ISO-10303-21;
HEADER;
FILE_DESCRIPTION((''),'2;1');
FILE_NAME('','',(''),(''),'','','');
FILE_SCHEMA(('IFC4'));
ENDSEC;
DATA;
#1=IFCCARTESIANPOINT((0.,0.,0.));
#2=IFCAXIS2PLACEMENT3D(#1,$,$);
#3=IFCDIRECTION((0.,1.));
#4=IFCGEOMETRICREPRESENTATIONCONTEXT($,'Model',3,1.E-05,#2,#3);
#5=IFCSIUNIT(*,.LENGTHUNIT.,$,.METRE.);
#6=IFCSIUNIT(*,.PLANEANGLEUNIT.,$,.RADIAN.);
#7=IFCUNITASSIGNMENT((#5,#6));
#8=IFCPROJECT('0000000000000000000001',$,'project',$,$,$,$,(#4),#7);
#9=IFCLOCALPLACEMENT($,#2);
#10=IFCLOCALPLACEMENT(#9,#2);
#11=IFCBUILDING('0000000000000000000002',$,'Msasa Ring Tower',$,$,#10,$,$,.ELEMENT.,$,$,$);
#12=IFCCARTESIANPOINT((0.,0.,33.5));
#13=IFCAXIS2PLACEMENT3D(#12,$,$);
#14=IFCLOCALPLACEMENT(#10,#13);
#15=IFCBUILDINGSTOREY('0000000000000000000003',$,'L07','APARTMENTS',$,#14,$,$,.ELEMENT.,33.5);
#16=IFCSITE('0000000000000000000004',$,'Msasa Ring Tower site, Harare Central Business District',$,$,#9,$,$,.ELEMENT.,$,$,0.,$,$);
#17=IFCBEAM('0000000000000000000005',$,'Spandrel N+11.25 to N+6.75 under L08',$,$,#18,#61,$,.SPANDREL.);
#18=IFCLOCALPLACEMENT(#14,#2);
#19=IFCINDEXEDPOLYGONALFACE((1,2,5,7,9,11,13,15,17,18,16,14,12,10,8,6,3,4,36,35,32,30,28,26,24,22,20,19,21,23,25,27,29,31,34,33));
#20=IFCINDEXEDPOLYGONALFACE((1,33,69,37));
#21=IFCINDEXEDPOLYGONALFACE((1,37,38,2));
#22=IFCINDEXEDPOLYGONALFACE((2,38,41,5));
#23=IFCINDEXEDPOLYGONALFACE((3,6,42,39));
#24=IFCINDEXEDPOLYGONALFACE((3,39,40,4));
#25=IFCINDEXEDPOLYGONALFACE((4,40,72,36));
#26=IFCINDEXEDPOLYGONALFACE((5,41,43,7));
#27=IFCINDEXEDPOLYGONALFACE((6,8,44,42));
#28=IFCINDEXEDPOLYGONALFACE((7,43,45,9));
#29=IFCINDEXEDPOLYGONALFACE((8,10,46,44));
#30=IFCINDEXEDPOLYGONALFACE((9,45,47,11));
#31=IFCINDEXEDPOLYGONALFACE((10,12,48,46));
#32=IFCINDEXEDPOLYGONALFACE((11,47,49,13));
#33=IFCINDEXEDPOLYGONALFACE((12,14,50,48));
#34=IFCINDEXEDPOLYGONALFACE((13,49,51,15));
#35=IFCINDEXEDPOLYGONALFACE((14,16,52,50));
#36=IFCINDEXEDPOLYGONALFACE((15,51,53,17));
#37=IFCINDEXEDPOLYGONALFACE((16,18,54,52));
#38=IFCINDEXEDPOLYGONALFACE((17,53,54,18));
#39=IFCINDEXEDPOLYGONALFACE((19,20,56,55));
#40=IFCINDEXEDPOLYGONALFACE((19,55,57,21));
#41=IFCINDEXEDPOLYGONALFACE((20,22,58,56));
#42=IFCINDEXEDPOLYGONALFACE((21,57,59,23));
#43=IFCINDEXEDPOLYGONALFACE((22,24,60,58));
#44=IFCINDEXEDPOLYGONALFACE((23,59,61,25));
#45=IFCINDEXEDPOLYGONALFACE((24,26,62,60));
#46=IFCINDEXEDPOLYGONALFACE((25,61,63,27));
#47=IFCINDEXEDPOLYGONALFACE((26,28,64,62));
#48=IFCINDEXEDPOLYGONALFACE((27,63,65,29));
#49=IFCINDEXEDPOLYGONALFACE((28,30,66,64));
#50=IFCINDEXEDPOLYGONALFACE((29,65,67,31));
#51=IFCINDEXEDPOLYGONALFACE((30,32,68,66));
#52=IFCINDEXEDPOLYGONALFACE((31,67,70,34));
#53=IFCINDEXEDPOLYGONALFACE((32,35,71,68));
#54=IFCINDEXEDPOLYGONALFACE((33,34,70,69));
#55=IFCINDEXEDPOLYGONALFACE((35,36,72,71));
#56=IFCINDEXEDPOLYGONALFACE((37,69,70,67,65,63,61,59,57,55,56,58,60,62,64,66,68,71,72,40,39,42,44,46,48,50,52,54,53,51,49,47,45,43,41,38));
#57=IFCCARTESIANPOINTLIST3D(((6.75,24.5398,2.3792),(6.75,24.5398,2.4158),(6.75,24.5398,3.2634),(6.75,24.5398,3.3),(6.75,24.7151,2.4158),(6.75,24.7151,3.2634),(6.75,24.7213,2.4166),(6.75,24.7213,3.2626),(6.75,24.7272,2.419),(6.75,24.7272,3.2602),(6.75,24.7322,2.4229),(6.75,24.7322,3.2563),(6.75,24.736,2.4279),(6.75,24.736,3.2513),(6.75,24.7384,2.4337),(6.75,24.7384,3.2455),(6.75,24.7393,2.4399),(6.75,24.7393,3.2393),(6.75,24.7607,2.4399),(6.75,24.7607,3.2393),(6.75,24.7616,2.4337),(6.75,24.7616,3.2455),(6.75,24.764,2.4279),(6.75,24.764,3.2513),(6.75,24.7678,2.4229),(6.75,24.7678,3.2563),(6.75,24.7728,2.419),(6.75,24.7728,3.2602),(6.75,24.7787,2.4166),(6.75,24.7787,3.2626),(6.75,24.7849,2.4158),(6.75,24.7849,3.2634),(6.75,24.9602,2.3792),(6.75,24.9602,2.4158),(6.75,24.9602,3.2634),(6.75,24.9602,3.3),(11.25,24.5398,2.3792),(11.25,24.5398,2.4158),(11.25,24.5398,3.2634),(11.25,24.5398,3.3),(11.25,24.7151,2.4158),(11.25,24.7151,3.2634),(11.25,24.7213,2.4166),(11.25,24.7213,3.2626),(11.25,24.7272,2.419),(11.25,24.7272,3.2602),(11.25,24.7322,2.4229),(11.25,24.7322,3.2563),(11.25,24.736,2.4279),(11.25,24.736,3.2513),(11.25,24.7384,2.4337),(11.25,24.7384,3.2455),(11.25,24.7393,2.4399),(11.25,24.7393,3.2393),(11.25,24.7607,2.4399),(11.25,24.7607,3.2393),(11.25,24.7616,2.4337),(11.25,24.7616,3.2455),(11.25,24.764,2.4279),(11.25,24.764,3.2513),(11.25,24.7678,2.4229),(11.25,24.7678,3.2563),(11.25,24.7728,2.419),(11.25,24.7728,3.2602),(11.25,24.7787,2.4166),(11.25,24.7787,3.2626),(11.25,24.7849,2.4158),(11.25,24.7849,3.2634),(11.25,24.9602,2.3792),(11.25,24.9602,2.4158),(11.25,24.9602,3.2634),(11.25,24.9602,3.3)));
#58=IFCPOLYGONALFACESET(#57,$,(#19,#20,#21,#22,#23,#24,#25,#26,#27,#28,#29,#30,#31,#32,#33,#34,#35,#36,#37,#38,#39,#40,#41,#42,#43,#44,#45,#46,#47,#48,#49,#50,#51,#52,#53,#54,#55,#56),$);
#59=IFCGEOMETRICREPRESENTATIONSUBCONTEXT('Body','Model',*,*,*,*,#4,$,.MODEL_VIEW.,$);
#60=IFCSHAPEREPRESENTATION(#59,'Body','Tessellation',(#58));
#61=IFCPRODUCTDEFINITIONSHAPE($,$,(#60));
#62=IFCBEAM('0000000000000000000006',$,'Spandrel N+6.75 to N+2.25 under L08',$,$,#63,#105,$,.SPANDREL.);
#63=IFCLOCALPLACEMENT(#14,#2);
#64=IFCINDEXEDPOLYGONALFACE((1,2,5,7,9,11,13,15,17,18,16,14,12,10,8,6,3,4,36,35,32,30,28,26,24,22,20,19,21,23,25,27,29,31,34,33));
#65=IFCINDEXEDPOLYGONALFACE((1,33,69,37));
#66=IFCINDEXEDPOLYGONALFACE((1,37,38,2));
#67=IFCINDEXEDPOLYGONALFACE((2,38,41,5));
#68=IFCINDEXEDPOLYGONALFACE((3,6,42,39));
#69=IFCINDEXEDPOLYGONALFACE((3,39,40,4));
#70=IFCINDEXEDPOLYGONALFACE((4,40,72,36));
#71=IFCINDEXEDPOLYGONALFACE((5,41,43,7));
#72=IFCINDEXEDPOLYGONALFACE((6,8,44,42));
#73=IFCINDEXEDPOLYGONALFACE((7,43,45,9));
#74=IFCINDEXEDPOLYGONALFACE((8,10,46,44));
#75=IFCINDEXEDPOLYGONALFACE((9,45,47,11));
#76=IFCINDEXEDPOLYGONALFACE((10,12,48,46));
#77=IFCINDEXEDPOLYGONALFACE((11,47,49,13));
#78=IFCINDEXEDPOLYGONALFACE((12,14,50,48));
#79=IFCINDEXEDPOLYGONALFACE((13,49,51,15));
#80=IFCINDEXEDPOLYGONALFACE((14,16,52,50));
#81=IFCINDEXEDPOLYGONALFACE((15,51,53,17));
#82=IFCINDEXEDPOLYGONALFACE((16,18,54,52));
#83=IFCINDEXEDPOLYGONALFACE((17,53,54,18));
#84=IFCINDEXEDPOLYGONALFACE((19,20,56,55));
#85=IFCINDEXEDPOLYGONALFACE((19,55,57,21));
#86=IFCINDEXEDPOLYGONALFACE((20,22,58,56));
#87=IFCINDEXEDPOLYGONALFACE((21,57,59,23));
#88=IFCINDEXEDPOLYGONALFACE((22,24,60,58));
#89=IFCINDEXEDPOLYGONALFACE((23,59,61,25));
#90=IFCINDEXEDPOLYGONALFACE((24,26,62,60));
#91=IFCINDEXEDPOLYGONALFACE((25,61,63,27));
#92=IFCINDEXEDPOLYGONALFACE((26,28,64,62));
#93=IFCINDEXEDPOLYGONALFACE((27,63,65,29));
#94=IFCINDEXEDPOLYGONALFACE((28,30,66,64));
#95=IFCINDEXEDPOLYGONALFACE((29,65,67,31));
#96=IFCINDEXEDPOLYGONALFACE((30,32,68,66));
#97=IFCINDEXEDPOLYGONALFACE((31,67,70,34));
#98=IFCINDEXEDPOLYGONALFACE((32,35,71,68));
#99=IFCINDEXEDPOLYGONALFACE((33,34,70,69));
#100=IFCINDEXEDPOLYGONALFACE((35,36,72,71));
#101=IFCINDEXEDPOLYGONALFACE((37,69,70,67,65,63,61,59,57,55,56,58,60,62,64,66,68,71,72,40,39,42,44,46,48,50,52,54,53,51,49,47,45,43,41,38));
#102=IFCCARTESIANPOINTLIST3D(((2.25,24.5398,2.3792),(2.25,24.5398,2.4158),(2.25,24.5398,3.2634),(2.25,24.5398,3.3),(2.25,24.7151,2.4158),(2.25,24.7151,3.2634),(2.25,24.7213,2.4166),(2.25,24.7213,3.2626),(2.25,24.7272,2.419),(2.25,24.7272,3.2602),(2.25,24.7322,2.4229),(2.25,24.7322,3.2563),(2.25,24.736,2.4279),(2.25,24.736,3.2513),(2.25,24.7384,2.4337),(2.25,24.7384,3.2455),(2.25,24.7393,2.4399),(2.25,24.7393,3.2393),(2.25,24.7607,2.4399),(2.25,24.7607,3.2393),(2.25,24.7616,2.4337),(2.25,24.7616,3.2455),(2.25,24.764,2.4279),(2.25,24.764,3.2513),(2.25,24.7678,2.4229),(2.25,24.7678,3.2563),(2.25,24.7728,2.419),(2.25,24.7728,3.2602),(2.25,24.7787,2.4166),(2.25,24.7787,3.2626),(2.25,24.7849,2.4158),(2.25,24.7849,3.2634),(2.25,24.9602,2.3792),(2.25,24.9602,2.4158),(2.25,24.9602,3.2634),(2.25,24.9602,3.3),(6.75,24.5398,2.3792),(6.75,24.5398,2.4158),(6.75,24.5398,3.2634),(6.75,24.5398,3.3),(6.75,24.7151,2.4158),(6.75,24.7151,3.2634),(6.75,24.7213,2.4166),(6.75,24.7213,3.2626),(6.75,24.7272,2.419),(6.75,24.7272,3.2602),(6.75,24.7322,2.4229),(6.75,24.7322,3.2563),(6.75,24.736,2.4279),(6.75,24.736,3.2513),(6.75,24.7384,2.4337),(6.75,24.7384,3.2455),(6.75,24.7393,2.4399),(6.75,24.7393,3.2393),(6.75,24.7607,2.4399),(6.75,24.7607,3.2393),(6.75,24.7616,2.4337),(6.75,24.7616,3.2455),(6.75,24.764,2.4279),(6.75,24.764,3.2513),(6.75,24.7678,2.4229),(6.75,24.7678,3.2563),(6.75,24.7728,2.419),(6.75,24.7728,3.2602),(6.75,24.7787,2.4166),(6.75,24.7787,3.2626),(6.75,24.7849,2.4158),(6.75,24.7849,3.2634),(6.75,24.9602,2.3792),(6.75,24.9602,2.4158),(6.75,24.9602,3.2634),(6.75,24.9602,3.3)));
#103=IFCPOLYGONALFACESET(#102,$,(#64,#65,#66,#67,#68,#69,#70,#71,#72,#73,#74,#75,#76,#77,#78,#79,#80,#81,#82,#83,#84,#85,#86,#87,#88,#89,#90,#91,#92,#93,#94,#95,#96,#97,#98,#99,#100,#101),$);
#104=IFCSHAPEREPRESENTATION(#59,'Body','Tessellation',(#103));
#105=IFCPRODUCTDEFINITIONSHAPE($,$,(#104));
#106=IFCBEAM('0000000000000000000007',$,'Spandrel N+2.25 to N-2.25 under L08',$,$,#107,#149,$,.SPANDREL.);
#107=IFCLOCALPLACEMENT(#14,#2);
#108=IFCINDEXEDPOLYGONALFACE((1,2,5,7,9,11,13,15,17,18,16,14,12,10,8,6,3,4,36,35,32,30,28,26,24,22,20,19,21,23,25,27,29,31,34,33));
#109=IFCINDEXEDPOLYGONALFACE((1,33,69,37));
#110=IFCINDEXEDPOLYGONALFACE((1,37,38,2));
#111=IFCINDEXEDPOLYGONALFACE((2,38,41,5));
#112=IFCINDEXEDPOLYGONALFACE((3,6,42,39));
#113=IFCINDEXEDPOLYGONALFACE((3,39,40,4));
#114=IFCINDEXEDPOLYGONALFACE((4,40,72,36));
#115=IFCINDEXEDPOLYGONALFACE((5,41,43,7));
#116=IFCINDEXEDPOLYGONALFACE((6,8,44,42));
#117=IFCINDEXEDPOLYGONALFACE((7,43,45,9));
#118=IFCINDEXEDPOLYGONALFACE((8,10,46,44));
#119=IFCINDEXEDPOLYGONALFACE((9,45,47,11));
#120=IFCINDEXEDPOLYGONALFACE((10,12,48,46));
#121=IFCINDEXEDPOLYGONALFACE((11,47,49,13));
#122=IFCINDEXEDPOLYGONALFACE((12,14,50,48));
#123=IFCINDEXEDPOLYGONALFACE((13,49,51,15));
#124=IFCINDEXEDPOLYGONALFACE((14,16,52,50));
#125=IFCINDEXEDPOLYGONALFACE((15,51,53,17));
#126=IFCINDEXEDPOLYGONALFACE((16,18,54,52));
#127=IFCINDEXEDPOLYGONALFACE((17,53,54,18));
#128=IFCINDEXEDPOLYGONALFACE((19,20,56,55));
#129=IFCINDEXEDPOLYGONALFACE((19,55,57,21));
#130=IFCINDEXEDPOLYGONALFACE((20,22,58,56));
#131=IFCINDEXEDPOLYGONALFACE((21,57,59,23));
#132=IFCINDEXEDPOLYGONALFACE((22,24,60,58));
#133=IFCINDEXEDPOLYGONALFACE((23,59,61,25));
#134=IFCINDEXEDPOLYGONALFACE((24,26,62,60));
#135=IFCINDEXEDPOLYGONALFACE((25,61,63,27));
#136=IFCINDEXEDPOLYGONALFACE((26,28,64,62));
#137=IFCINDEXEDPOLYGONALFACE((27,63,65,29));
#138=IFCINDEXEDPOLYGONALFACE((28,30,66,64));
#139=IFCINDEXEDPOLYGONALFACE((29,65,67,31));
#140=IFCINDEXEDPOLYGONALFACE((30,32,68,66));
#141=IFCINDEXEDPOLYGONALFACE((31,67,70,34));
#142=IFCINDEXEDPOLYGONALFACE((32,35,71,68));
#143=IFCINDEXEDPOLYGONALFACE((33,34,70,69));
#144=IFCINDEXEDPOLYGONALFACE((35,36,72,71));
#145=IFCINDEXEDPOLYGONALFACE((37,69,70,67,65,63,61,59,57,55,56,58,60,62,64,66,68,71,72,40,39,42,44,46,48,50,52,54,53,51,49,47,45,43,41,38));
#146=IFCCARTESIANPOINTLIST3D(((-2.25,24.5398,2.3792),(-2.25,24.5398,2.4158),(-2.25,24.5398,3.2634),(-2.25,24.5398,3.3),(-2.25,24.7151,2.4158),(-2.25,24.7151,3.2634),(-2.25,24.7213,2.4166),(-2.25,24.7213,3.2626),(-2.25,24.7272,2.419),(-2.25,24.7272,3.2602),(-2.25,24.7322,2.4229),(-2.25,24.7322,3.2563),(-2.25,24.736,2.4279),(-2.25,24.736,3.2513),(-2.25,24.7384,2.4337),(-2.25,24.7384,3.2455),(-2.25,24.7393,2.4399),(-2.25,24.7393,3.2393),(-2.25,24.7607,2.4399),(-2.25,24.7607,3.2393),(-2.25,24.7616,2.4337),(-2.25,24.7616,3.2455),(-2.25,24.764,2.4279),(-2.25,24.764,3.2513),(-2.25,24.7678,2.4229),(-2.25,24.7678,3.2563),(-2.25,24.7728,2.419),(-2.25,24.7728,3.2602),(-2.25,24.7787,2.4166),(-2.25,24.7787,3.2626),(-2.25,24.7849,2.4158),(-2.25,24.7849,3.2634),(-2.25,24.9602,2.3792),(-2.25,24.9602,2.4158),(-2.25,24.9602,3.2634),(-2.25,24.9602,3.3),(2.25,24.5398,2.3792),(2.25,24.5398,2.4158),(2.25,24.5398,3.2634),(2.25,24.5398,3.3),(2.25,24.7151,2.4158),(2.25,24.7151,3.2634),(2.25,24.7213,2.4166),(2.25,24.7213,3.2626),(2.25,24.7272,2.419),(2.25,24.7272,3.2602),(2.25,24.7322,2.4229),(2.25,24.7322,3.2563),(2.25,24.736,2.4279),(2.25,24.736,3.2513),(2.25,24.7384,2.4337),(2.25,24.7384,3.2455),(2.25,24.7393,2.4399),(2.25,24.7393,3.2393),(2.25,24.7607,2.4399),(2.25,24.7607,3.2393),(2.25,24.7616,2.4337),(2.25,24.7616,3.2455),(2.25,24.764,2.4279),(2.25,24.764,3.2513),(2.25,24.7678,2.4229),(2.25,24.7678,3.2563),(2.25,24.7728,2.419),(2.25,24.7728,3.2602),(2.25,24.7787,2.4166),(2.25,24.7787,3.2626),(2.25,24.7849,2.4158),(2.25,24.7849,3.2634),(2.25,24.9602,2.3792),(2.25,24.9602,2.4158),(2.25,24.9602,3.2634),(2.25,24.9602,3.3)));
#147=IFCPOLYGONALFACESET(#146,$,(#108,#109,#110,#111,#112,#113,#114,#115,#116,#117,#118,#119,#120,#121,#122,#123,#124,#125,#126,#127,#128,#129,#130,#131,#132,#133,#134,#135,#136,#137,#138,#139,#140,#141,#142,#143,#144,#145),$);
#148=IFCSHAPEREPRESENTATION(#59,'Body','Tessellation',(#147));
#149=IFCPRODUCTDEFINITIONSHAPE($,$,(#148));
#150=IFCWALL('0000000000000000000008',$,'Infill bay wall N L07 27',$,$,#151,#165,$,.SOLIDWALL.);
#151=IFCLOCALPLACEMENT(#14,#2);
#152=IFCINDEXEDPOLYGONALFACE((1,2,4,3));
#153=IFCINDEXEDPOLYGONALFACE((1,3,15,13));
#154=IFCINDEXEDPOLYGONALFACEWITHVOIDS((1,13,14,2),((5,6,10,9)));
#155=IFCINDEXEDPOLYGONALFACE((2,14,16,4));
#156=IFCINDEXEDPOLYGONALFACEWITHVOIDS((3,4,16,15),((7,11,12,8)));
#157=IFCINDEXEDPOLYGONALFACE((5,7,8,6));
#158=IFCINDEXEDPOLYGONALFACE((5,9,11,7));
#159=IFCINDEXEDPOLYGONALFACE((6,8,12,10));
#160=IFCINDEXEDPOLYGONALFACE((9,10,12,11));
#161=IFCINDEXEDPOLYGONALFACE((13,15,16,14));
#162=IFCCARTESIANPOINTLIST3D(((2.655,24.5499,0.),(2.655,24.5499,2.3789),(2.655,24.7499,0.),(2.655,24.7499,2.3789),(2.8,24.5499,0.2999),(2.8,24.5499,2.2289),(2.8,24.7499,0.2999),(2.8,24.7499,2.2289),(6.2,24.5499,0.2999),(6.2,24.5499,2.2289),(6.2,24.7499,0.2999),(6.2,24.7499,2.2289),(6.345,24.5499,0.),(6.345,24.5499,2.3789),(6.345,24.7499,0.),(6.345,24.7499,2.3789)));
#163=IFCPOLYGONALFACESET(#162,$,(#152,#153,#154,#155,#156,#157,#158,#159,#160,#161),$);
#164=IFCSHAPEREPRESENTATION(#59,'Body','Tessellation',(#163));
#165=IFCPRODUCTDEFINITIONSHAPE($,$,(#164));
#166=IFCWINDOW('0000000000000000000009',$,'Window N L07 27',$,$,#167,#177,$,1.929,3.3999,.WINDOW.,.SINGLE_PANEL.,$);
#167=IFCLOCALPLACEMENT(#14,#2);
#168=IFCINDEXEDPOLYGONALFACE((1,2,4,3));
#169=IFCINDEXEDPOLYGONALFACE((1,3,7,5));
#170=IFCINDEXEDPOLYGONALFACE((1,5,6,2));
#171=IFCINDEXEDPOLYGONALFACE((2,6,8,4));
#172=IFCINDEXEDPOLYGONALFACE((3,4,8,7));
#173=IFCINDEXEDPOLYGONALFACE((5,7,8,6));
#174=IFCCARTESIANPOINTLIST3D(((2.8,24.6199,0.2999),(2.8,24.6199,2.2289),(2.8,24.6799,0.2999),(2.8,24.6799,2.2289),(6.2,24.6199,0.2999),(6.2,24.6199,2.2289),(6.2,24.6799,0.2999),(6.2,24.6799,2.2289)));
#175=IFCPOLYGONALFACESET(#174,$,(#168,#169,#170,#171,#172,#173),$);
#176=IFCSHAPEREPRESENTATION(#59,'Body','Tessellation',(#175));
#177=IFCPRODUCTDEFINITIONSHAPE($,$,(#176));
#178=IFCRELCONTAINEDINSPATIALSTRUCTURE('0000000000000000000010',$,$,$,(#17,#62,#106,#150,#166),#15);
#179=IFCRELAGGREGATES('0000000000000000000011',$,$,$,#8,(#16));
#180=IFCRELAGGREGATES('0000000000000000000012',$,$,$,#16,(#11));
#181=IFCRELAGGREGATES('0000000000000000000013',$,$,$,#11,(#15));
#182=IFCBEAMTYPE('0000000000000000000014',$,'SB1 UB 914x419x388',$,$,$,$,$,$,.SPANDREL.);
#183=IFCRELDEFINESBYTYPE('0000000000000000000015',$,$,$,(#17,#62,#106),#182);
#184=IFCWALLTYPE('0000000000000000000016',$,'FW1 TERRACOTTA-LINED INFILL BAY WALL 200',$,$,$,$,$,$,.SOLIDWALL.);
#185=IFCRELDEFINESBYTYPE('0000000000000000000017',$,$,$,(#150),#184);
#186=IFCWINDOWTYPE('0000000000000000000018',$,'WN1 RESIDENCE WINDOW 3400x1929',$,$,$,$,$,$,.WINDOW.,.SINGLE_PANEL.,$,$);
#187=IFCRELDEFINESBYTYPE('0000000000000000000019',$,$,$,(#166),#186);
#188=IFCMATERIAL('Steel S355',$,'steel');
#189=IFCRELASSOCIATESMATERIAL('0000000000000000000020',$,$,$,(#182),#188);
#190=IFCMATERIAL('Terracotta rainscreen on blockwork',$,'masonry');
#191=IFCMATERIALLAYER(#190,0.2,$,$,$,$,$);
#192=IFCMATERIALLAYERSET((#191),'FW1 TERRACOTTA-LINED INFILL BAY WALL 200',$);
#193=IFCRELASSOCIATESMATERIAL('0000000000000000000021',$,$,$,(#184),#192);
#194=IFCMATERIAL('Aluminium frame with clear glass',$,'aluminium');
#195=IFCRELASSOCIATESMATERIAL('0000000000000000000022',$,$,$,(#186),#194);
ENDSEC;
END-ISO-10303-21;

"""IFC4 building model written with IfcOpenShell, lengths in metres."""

from ifc_helpers import new_model, si_unit, direction, frame, frame_2d, origin, origin_2d, place, context, subcontext, project, spatial, rectangle, i_section, extrude, material, layer, layer_set, material_profile, profile_set, type_object, element, fill, save


model = new_model("IFC4")

# Units and contexts
model_context = context("Model", 3, precision=1e-05, world=origin(), true_north=direction((0.0, 1.0)))
body_context = subcontext(model_context, "Body", "Model", "MODEL_VIEW")
ifc_project = project(units=[si_unit("LENGTHUNIT", "METRE"), si_unit("PLANEANGLEUNIT", "RADIAN")], contexts=[model_context])

# Site, building, storey
site_placement = place(None, origin())
site = spatial("IfcSite", under=ifc_project, at=site_placement, Name="Msasa Ring Tower site, Harare Central Business District", CompositionType="ELEMENT", RefElevation=0.0)
building_placement = place(site_placement, origin())
building = spatial("IfcBuilding", under=site, at=building_placement, Name="Msasa Ring Tower", CompositionType="ELEMENT")
storey_placement = place(building_placement, frame((0.0, 0.0, 33.5)))
storey = spatial("IfcBuildingStorey", under=building, at=storey_placement, Name="L07", Description="APARTMENTS", CompositionType="ELEMENT", Elevation=33.5)

# Beams
ifc_material_1 = material(Name="Steel S355", Category="steel")
ifc_material_profile_1 = material_profile(ifc_material_1, i_section(OverallWidth=0.4204, OverallDepth=0.9209, WebThickness=0.0215, FlangeThickness=0.0366, FilletRadius=0.0242, at=origin_2d()), Name="UB 914x419x388")
ifc_profile_set_1 = profile_set([ifc_material_profile_1], Name="Steel S355")
beam_type_1 = type_object("IfcBeamType", Name="SB1 UB 914x419x388", PredefinedType="SPANDREL", material=ifc_profile_set_1)
for number, where, z_axis, x_axis, name in (
    (1, (11.25, 24.75, 2.8396), (-1.0, 0.0, 0.0), (0.0, -1.0, 0.0), "Spandrel N+11.25 to N+6.75 under L08"),
    (2, (6.75, 24.75, 2.8396), (-1.0, 0.0, 0.0), (0.0, -1.0, 0.0), "Spandrel N+6.75 to N+2.25 under L08"),
    (3, (2.25, 24.75, 2.8396), (-1.0, 0.0, 0.0), (0.0, -1.0, 0.0), "Spandrel N+2.25 to N-2.25 under L08"),
):
    element("IfcBeam", number, at=place(storey_placement, frame(where, z_axis=z_axis, x_axis=x_axis)), inside=storey, type_object=beam_type_1, Name=name, PredefinedType="SPANDREL", context=body_context, shape_type="SweptSolid", body=[
        extrude(i_section(OverallWidth=0.4204, OverallDepth=0.9209, WebThickness=0.0215, FlangeThickness=0.0366, FilletRadius=0.0242, at=origin_2d()), origin(), (0.0, 0.0, 1.0), 4.5),
    ])

# Wall, opening, window
ifc_material_2 = material(Name="Terracotta rainscreen on blockwork", Category="masonry")
ifc_layer_1 = layer(ifc_material_2, 0.2)
ifc_layer_set_1 = layer_set([ifc_layer_1], Name="FW1 TERRACOTTA-LINED INFILL BAY WALL 200")
wall_type_1 = type_object("IfcWallType", Name="FW1 TERRACOTTA-LINED INFILL BAY WALL 200", PredefinedType="SOLIDWALL", material=ifc_layer_set_1)
wall_1_placement = place(storey_placement, frame((2.655, 24.6499, 0.0), z_axis=(0.0, 0.0, 1.0), x_axis=(1.0, 0.0, 0.0)))
wall_1 = element("IfcWall", 4, at=wall_1_placement, inside=storey, type_object=wall_type_1, Name="Infill bay wall N L07 27", PredefinedType="SOLIDWALL", context=body_context, shape_type="SweptSolid", body=[
    extrude(rectangle(XDim=3.6899, YDim=0.2, at=frame_2d((1.845, 0.0))), origin(), (0.0, 0.0, 1.0), 2.3789),
])
opening_1_placement = place(wall_1_placement, frame((0.145, 0.0, 0.3)))
opening_1 = element("IfcOpeningElement", 5, at=opening_1_placement, cuts=wall_1, PredefinedType="OPENING", context=body_context, shape_type="SweptSolid", body=[
    extrude(rectangle(XDim=3.3999, YDim=1.929, at=frame_2d((1.7, 0.9644))), frame((0.0, 0.1099, 0.0), z_axis=(0.0, -1.0, 0.0), x_axis=(1.0, 0.0, 0.0)), (0.0, 0.0, 1.0), 0.22),
])
ifc_material_3 = material(Name="Aluminium frame with clear glass", Category="aluminium")
window_type = type_object("IfcWindowType", Name="WN1 RESIDENCE WINDOW 3400x1929", PartitioningType="SINGLE_PANEL", PredefinedType="WINDOW", material=ifc_material_3)
window_1_placement = place(opening_1_placement, origin())
window_1 = element("IfcWindow", 6, at=window_1_placement, inside=storey, type_object=window_type, Name="Window N L07 27", OverallHeight=1.929, OverallWidth=3.3999, PartitioningType="SINGLE_PANEL", PredefinedType="WINDOW", context=body_context, shape_type="SweptSolid", body=[
    extrude(rectangle(XDim=3.3999, YDim=1.929, at=frame_2d((1.7, 0.9644))), frame((0.0, 0.03, 0.0), z_axis=(0.0, -1.0, 0.0), x_axis=(1.0, 0.0, 0.0)), (0.0, 0.0, 1.0), 0.0601),
])
fill(opening_1, window_1)

save(model, "model.ifc")
